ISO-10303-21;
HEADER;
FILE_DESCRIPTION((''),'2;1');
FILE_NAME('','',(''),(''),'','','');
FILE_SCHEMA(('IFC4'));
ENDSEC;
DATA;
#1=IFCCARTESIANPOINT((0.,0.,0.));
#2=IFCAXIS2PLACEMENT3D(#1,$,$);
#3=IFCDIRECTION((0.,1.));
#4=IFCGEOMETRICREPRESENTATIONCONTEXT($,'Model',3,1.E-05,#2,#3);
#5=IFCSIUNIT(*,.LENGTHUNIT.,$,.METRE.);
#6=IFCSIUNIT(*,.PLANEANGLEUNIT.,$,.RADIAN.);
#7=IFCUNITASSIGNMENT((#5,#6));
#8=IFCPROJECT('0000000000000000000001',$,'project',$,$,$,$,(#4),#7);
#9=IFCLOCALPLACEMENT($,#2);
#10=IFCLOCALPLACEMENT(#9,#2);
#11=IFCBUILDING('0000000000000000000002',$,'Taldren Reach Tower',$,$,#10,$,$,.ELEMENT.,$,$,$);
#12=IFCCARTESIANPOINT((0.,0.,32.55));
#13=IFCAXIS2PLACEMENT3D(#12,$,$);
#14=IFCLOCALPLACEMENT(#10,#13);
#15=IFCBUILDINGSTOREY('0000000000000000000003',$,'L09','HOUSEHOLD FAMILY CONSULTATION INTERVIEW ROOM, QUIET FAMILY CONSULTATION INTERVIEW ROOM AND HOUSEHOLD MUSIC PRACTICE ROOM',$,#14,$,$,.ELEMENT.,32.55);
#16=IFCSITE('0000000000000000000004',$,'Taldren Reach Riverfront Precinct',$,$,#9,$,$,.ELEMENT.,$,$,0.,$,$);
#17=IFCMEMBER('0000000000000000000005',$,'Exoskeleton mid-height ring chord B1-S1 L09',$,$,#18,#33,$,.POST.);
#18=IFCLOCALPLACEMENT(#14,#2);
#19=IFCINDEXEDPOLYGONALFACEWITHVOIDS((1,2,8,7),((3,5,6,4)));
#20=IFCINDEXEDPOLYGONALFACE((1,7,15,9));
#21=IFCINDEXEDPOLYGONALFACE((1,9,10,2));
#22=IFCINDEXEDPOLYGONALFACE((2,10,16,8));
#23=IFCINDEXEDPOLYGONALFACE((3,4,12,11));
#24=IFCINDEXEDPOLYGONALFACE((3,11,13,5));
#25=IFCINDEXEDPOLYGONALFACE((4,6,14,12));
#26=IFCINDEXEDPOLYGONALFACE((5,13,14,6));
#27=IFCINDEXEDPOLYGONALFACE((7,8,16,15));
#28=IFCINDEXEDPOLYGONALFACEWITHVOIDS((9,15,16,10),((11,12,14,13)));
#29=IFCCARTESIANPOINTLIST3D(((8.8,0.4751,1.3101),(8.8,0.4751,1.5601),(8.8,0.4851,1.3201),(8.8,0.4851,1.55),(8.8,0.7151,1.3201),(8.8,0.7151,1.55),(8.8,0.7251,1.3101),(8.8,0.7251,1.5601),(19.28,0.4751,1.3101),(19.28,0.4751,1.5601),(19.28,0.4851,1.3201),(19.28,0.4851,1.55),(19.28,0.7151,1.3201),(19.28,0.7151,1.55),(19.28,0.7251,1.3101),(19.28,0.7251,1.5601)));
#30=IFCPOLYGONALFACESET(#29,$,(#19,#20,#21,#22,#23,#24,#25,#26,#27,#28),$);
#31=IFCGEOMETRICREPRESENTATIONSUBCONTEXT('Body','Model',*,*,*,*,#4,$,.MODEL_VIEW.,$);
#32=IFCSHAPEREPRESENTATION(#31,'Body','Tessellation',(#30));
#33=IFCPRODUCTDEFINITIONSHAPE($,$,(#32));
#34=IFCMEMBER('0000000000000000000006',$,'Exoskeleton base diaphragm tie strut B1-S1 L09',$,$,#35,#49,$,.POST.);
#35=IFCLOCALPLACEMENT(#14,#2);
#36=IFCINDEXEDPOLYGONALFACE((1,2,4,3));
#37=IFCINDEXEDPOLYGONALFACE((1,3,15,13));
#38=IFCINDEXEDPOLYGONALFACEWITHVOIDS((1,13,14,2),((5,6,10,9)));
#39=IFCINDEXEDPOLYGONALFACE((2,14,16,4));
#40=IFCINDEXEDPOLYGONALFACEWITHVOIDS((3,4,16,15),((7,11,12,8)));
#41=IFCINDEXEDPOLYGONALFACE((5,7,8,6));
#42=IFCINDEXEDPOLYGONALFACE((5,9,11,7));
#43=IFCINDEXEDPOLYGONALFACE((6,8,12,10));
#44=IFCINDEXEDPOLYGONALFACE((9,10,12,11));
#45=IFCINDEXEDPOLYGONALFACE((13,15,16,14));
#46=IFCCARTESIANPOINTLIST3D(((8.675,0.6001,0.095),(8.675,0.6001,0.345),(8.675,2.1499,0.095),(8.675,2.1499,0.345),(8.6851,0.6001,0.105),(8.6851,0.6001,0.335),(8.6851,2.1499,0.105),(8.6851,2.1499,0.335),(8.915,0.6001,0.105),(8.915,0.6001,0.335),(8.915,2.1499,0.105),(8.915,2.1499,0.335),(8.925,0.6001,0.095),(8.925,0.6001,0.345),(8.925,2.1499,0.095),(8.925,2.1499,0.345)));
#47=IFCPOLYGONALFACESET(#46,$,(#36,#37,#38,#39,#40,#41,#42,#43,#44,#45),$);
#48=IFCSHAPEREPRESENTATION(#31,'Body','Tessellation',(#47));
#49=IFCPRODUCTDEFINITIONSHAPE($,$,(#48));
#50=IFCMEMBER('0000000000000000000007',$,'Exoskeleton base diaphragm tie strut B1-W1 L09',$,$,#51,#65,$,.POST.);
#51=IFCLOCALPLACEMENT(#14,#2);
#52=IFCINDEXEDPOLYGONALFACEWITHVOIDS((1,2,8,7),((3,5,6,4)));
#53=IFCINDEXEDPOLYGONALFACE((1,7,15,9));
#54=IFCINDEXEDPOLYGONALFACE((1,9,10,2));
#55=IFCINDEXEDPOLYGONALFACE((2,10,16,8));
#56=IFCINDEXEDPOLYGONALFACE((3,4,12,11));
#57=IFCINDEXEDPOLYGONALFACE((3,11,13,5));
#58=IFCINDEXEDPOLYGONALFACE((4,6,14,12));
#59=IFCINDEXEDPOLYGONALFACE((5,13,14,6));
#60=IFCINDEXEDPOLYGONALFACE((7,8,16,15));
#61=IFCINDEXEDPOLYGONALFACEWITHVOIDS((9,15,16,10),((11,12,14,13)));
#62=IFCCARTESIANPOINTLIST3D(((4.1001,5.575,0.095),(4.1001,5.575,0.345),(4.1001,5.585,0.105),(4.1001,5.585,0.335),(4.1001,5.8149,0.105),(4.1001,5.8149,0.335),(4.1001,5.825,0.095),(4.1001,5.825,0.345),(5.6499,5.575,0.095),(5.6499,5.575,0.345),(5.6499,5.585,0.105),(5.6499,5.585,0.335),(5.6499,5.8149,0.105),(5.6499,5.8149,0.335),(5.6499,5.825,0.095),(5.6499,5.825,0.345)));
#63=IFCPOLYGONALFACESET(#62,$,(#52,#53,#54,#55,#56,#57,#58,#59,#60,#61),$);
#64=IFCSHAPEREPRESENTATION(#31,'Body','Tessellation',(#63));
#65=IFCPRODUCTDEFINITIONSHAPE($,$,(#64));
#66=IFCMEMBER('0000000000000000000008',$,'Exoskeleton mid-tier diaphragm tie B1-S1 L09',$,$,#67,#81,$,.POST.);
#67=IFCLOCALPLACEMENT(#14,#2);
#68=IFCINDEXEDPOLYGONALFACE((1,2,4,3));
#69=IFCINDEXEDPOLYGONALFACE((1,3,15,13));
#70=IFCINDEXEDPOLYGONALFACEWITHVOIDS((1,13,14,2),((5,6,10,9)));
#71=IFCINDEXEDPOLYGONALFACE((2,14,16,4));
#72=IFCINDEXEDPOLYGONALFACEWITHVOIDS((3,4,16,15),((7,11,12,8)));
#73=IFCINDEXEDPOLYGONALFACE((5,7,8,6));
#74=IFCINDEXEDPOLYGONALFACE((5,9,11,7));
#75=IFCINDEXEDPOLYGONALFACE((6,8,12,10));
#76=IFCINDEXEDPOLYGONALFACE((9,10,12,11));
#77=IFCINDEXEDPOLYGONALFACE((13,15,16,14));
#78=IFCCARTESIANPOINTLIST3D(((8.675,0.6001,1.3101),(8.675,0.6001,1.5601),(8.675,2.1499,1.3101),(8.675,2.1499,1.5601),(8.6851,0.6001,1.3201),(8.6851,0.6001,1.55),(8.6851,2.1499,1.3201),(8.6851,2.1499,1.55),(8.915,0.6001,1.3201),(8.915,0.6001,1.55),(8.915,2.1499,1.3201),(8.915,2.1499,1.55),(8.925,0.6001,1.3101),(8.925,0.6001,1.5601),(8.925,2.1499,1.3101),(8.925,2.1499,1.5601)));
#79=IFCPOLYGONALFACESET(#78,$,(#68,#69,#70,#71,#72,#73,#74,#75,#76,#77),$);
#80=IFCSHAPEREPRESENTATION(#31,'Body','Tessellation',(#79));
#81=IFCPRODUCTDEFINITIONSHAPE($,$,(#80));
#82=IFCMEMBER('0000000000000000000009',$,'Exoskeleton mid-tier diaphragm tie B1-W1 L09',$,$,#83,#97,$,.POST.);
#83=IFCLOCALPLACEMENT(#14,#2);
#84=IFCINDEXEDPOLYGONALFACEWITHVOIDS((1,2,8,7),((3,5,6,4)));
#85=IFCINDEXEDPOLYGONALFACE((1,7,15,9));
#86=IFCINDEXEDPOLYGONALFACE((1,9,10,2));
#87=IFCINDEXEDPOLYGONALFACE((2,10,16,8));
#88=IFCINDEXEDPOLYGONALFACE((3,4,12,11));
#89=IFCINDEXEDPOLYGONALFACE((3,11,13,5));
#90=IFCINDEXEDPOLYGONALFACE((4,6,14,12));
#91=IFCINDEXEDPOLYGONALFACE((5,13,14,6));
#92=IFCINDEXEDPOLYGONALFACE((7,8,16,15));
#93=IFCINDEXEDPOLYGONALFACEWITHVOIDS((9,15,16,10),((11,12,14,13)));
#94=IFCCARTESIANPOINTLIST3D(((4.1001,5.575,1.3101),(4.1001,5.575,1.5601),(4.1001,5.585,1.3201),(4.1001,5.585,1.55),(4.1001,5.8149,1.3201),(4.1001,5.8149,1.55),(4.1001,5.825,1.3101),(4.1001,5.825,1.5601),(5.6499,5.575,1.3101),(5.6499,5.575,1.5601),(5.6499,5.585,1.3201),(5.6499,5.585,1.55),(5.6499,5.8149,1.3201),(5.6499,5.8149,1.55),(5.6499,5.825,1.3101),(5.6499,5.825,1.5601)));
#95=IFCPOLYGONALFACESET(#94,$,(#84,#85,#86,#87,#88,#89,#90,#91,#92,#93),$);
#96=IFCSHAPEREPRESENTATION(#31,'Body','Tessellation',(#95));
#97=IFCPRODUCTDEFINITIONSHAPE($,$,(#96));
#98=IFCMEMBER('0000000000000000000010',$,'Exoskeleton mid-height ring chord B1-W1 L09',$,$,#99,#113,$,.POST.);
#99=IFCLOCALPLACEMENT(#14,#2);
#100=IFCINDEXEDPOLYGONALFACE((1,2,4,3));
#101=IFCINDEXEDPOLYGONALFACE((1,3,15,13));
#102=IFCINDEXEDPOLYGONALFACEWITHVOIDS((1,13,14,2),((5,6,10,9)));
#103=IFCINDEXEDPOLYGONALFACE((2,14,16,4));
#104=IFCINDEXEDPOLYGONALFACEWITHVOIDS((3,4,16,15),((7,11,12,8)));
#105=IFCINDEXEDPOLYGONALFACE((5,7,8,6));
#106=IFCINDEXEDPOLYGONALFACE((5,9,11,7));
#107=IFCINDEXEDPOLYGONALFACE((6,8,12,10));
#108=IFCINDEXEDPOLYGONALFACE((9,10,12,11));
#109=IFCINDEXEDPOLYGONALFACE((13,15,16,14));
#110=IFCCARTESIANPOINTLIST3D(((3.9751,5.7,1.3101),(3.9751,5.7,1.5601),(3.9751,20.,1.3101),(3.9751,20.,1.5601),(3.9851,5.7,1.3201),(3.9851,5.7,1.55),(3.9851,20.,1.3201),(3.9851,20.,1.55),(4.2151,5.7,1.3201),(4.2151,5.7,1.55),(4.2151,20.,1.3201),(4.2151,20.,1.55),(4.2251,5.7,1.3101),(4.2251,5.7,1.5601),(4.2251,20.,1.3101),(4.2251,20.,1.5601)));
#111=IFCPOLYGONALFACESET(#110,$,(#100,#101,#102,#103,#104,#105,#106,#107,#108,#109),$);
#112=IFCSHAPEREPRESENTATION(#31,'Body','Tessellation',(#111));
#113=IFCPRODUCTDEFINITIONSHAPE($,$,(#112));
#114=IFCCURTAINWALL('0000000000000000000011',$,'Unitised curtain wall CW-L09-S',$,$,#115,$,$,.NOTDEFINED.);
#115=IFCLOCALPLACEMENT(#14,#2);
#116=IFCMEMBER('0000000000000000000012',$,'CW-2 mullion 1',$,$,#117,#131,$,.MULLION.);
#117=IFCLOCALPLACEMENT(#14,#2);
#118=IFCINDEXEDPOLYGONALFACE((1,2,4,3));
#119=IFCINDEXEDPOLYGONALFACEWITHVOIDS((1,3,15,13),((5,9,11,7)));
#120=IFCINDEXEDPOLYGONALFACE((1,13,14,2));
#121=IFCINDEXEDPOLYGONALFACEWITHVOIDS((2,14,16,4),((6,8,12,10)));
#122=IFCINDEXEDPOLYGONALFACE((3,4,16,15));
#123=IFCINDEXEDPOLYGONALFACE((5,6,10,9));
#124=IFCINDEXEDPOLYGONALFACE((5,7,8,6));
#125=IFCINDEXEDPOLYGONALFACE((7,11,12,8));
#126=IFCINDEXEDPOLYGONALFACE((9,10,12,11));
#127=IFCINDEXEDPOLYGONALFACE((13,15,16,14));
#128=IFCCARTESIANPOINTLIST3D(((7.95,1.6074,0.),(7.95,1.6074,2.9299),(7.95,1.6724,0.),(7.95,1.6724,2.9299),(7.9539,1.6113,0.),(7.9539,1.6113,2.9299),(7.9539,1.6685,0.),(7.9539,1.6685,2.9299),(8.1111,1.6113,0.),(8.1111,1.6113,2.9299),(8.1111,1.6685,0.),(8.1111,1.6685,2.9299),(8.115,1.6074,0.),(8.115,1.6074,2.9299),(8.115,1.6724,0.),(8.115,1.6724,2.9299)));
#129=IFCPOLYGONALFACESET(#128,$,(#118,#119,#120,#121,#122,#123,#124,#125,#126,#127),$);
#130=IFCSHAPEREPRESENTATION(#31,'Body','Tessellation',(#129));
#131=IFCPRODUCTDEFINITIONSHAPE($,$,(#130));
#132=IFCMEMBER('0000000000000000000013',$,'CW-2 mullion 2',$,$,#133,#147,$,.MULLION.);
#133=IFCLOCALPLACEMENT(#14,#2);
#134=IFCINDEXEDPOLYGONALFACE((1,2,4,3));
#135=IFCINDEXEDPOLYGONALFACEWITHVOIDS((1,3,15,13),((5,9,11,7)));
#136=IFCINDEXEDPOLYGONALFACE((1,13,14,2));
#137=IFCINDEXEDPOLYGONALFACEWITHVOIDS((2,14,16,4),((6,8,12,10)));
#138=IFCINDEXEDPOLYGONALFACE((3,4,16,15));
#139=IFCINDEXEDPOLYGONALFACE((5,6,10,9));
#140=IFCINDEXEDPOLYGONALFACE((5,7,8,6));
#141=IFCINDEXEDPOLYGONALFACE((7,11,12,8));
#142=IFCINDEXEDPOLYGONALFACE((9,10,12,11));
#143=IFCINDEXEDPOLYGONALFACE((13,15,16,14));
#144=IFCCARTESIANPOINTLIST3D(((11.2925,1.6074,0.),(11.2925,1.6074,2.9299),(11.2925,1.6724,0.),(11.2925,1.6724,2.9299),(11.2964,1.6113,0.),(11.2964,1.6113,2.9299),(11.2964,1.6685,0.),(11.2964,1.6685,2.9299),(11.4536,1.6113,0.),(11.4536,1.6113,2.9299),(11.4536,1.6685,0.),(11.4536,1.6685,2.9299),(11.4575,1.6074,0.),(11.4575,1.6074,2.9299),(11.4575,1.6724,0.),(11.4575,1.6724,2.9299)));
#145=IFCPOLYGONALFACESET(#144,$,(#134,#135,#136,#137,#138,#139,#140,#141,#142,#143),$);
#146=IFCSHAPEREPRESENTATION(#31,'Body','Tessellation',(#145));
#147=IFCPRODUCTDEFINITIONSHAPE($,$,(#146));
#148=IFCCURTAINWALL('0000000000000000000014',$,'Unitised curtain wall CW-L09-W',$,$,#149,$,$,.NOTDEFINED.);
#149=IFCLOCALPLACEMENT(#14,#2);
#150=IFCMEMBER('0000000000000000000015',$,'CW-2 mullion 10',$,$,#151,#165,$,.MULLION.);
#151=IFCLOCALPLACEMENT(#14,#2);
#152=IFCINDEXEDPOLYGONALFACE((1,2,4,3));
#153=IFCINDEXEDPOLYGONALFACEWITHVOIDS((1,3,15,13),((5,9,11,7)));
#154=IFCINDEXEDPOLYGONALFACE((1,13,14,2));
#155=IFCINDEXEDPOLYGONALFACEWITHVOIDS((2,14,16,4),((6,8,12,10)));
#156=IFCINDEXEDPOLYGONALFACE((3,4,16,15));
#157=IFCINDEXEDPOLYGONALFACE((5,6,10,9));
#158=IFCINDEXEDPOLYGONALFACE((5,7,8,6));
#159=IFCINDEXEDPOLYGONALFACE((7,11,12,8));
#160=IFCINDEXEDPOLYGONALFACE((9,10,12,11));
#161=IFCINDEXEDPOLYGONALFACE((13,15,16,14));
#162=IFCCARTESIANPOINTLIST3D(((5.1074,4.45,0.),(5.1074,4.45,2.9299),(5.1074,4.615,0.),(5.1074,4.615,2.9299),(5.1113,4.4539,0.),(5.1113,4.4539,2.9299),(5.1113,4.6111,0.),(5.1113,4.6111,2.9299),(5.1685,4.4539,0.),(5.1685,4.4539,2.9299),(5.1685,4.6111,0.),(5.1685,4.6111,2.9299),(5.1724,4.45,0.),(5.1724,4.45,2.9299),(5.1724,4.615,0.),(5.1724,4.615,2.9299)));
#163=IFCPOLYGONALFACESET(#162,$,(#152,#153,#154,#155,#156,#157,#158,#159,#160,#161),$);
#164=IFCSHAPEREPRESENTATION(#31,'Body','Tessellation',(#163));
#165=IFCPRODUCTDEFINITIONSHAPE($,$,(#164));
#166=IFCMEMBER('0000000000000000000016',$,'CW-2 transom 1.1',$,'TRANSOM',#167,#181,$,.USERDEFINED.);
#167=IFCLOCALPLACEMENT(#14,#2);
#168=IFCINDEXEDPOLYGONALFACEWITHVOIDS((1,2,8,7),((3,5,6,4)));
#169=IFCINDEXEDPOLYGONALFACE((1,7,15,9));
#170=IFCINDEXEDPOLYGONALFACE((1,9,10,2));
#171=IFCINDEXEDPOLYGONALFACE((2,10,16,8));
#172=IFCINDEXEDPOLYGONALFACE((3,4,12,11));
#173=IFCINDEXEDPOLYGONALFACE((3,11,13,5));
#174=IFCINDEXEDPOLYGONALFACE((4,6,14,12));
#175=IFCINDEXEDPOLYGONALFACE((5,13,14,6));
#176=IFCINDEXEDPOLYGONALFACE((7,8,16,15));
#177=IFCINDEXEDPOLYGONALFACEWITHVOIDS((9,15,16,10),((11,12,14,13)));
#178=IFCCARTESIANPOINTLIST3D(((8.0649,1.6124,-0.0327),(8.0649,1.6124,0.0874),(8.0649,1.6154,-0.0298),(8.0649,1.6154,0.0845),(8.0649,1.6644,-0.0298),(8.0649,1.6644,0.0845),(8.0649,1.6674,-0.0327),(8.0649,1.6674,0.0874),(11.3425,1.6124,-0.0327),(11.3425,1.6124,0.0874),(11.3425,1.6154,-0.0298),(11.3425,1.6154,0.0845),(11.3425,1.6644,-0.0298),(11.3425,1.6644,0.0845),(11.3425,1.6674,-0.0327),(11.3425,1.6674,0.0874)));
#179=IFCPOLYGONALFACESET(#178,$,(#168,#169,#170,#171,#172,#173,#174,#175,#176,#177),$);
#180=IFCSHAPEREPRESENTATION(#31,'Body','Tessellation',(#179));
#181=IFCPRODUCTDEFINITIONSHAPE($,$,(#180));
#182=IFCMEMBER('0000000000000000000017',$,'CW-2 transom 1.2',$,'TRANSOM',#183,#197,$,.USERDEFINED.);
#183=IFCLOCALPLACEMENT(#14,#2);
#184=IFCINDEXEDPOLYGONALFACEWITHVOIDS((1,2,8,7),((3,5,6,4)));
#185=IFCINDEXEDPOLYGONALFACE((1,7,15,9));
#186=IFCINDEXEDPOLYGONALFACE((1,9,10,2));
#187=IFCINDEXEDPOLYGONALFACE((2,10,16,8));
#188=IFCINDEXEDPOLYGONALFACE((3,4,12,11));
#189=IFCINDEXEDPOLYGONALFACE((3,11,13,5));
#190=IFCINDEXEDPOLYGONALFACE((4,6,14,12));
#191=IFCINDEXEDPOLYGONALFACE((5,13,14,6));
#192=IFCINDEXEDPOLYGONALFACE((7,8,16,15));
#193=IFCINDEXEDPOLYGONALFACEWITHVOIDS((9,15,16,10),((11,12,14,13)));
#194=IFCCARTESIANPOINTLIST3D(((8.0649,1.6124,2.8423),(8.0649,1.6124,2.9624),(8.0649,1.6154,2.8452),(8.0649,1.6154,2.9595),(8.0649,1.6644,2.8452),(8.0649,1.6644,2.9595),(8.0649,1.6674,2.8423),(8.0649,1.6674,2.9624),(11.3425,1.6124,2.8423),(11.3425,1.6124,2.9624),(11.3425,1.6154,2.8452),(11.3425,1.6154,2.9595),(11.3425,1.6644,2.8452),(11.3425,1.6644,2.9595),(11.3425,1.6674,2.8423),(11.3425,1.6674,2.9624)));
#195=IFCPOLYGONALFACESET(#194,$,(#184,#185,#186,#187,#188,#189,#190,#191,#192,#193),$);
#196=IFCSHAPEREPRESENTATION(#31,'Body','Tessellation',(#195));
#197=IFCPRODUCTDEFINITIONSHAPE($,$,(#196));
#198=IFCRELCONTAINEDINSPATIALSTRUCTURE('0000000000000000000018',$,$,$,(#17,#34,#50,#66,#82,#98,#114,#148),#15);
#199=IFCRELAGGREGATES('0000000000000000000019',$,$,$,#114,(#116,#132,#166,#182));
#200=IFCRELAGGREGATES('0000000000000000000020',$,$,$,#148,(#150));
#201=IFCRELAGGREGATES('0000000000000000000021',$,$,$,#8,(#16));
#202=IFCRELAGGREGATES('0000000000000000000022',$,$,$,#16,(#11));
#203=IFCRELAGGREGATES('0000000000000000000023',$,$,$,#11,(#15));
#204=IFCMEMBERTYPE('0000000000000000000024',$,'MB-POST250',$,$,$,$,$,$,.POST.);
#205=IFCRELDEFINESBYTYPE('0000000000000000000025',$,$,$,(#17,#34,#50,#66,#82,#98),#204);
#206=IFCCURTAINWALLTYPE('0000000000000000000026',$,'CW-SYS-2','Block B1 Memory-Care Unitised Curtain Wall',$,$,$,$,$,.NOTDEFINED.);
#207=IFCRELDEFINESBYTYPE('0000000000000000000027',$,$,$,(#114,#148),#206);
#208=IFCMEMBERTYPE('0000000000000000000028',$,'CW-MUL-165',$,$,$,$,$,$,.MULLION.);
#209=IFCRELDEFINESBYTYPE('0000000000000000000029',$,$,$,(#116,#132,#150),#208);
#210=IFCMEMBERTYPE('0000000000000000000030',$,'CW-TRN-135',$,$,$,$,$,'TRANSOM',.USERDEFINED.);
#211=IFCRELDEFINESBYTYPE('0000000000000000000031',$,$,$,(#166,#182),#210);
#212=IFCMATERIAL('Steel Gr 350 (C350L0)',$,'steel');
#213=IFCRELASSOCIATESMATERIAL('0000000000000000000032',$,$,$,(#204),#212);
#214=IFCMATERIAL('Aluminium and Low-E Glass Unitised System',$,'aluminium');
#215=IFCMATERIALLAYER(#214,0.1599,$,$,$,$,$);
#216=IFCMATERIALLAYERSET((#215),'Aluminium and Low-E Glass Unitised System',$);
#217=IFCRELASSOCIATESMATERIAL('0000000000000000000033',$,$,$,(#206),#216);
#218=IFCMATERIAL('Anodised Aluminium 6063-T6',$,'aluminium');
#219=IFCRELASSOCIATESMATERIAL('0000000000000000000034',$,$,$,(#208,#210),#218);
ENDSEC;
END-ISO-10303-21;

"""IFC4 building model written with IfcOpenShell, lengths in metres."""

from ifc_helpers import new_model, si_unit, direction, frame, origin, origin_2d, place, context, subcontext, project, spatial, hollow_rectangle, extrude, source, transform, mapped, material, layer, layer_set, material_profile, profile_set, type_object, element, aggregate, save


model = new_model("IFC4")

# Units and contexts
model_context = context("Model", 3, precision=1e-05, world=origin(), true_north=direction((0.0, 1.0)))
body_context = subcontext(model_context, "Body", "Model", "MODEL_VIEW")
ifc_project = project(units=[si_unit("LENGTHUNIT", "METRE"), si_unit("PLANEANGLEUNIT", "RADIAN")], contexts=[model_context])

# Site, building, storey
site_placement = place(None, origin())
site = spatial("IfcSite", under=ifc_project, at=site_placement, Name="Taldren Reach Riverfront Precinct", CompositionType="ELEMENT", RefElevation=0.0)
building_placement = place(site_placement, origin())
building = spatial("IfcBuilding", under=site, at=building_placement, Name="Taldren Reach Tower", CompositionType="ELEMENT")
storey_placement = place(building_placement, frame((0.0, 0.0, 32.55)))
storey = spatial("IfcBuildingStorey", under=building, at=storey_placement, Name="L09", Description="HOUSEHOLD FAMILY CONSULTATION INTERVIEW ROOM, QUIET FAMILY CONSULTATION INTERVIEW ROOM AND HOUSEHOLD MUSIC PRACTICE ROOM", CompositionType="ELEMENT", Elevation=32.55)

# Members
ifc_material_1 = material(Name="Steel Gr 350 (C350L0)", Category="steel")
ifc_material_profile_1 = material_profile(ifc_material_1, hollow_rectangle(XDim=0.25, YDim=0.25, WallThickness=0.01, at=origin_2d()), Name="250x250x10.0SHS")
ifc_profile_set_1 = profile_set([ifc_material_profile_1], Name="Steel Gr 350 (C350L0)")
member_type_1 = type_object("IfcMemberType", Name="MB-POST250", PredefinedType="POST", material=ifc_profile_set_1)
shared_shape_1 = source(origin(), body_context, "Body", "SweptSolid", [
    extrude(hollow_rectangle(XDim=0.25, YDim=0.25, WallThickness=0.01, at=origin_2d()), origin(), (0.0, 0.0, 1.0), 10.48),
])
member_1_placement = place(storey_placement, frame((8.8, 0.6001, 1.4351), z_axis=(1.0, 0.0, 0.0), x_axis=(0.0, 1.0, 0.0)))
element("IfcMember", 1, at=member_1_placement, inside=storey, type_object=member_type_1, Name="Exoskeleton mid-height ring chord B1-S1 L09", PredefinedType="POST", context=body_context, shape_type="MappedRepresentation", body=[
    mapped(shared_shape_1, transform((0.0, 0.0, 0.0), scale=1.0)),
])
shared_shape_2 = source(origin(), body_context, "Body", "SweptSolid", [
    extrude(hollow_rectangle(XDim=0.25, YDim=0.25, WallThickness=0.01, at=origin_2d()), origin(), (0.0, 0.0, 1.0), 1.5498),
])
for number, where, z_axis, x_axis, name in (
    (2, (8.8, 2.1499, 0.22), (0.0, -1.0, 0.0), (1.0, 0.0, 0.0), "Exoskeleton base diaphragm tie strut B1-S1 L09"),
    (3, (5.6499, 5.7, 0.22), (-1.0, 0.0, 0.0), (0.0, -1.0, 0.0), "Exoskeleton base diaphragm tie strut B1-W1 L09"),
    (4, (8.8, 2.1499, 1.4351), (0.0, -1.0, 0.0), (1.0, 0.0, 0.0), "Exoskeleton mid-tier diaphragm tie B1-S1 L09"),
    (5, (5.6499, 5.7, 1.4351), (-1.0, 0.0, 0.0), (0.0, -1.0, 0.0), "Exoskeleton mid-tier diaphragm tie B1-W1 L09"),
):
    element("IfcMember", number, at=place(storey_placement, frame(where, z_axis=z_axis, x_axis=x_axis)), inside=storey, type_object=member_type_1, Name=name, PredefinedType="POST", context=body_context, shape_type="MappedRepresentation", body=[
        mapped(shared_shape_2, transform((0.0, 0.0, 0.0), scale=1.0)),
    ])
shared_shape_3 = source(origin(), body_context, "Body", "SweptSolid", [
    extrude(hollow_rectangle(XDim=0.25, YDim=0.25, WallThickness=0.01, at=origin_2d()), origin(), (0.0, 0.0, 1.0), 14.3),
])
member_2_placement = place(storey_placement, frame((4.1001, 5.7, 1.4351), z_axis=(0.0, 1.0, 0.0), x_axis=(-1.0, 0.0, 0.0)))
element("IfcMember", 6, at=member_2_placement, inside=storey, type_object=member_type_1, Name="Exoskeleton mid-height ring chord B1-W1 L09", PredefinedType="POST", context=body_context, shape_type="MappedRepresentation", body=[
    mapped(shared_shape_3, transform((0.0, 0.0, 0.0), scale=1.0)),
])

# Curtain wall, members
ifc_material_2 = material(Name="Aluminium and Low-E Glass Unitised System", Category="aluminium")
ifc_layer_1 = layer(ifc_material_2, 0.1599)
ifc_layer_set_1 = layer_set([ifc_layer_1], Name="Aluminium and Low-E Glass Unitised System")
curtain_wall_type = type_object("IfcCurtainWallType", Name="CW-SYS-2", Description="Block B1 Memory-Care Unitised Curtain Wall", PredefinedType="NOTDEFINED", material=ifc_layer_set_1)
curtain_wall_1_placement = place(storey_placement, origin())
curtain_wall_1 = element("IfcCurtainWall", 7, at=curtain_wall_1_placement, inside=storey, type_object=curtain_wall_type, Name="Unitised curtain wall CW-L09-S", PredefinedType="NOTDEFINED")
ifc_material_3 = material(Name="Anodised Aluminium 6063-T6", Category="aluminium")
ifc_material_profile_2 = material_profile(ifc_material_3, hollow_rectangle(XDim=0.0649, YDim=0.165, WallThickness=0.0039, at=origin_2d()), Name="ALU-165x65x4RHS")
ifc_profile_set_2 = profile_set([ifc_material_profile_2], Name="Anodised Aluminium 6063-T6")
member_type_2 = type_object("IfcMemberType", Name="CW-MUL-165", PredefinedType="MULLION", material=ifc_profile_set_2)
shared_shape_4 = source(origin(), body_context, "Body", "SweptSolid", [
    extrude(hollow_rectangle(XDim=0.0649, YDim=0.165, WallThickness=0.0039, at=origin_2d()), origin(), (0.0, 0.0, 1.0), 2.9299),
])
member_3_placement = place(storey_placement, frame((8.0325, 1.6399, 0.0), z_axis=(0.0, 0.0, 1.0), x_axis=(0.0, 1.0, 0.0)))
member_3 = element("IfcMember", 8, at=member_3_placement, type_object=member_type_2, Name="CW-2 mullion 1", PredefinedType="MULLION", context=body_context, shape_type="MappedRepresentation", body=[
    mapped(shared_shape_4, transform((0.0, 0.0, 0.0), scale=1.0)),
])
member_4_placement = place(storey_placement, frame((11.375, 1.6399, 0.0), z_axis=(0.0, 0.0, 1.0), x_axis=(0.0, 1.0, 0.0)))
member_4 = element("IfcMember", 9, at=member_4_placement, type_object=member_type_2, Name="CW-2 mullion 2", PredefinedType="MULLION", context=body_context, shape_type="MappedRepresentation", body=[
    mapped(shared_shape_4, transform((0.0, 0.0, 0.0), scale=1.0)),
])

# Curtain wall, member
curtain_wall_2_placement = place(storey_placement, origin())
curtain_wall_2 = element("IfcCurtainWall", 10, at=curtain_wall_2_placement, inside=storey, type_object=curtain_wall_type, Name="Unitised curtain wall CW-L09-W", PredefinedType="NOTDEFINED")
member_5_placement = place(storey_placement, frame((5.1399, 4.5325, 0.0), z_axis=(0.0, 0.0, 1.0), x_axis=(1.0, 0.0, 0.0)))
member_5 = element("IfcMember", 11, at=member_5_placement, type_object=member_type_2, Name="CW-2 mullion 10", PredefinedType="MULLION", context=body_context, shape_type="MappedRepresentation", body=[
    mapped(shared_shape_4, transform((0.0, 0.0, 0.0), scale=1.0)),
])

# Members
ifc_material_profile_3 = material_profile(ifc_material_3, hollow_rectangle(XDim=0.0549, YDim=0.1201, WallThickness=0.0029, at=origin_2d()), Name="ALU-120x55x3RHS")
ifc_profile_set_3 = profile_set([ifc_material_profile_3], Name="Anodised Aluminium 6063-T6")
member_type_3 = type_object("IfcMemberType", Name="CW-TRN-135", ElementType="TRANSOM", PredefinedType="USERDEFINED", material=ifc_profile_set_3)
shared_shape_5 = source(origin(), body_context, "Body", "SweptSolid", [
    extrude(hollow_rectangle(XDim=0.0549, YDim=0.1201, WallThickness=0.0029, at=origin_2d()), origin(), (0.0, 0.0, 1.0), 3.2776),
])
member_6_placement = place(storey_placement, frame((8.0649, 1.6399, 0.0273), z_axis=(1.0, 0.0, 0.0), x_axis=(0.0, 1.0, 0.0)))
member_6 = element("IfcMember", 12, at=member_6_placement, type_object=member_type_3, Name="CW-2 transom 1.1", ObjectType="TRANSOM", PredefinedType="USERDEFINED", context=body_context, shape_type="MappedRepresentation", body=[
    mapped(shared_shape_5, transform((0.0, 0.0, 0.0), scale=1.0)),
])
member_7_placement = place(storey_placement, frame((8.0649, 1.6399, 2.9023), z_axis=(1.0, 0.0, 0.0), x_axis=(0.0, 1.0, 0.0)))
member_7 = element("IfcMember", 13, at=member_7_placement, type_object=member_type_3, Name="CW-2 transom 1.2", ObjectType="TRANSOM", PredefinedType="USERDEFINED", context=body_context, shape_type="MappedRepresentation", body=[
    mapped(shared_shape_5, transform((0.0, 0.0, 0.0), scale=1.0)),
])

aggregate(curtain_wall_1, [member_3, member_4, member_6, member_7])
aggregate(curtain_wall_2, [member_5])

save(model, "model.ifc")
